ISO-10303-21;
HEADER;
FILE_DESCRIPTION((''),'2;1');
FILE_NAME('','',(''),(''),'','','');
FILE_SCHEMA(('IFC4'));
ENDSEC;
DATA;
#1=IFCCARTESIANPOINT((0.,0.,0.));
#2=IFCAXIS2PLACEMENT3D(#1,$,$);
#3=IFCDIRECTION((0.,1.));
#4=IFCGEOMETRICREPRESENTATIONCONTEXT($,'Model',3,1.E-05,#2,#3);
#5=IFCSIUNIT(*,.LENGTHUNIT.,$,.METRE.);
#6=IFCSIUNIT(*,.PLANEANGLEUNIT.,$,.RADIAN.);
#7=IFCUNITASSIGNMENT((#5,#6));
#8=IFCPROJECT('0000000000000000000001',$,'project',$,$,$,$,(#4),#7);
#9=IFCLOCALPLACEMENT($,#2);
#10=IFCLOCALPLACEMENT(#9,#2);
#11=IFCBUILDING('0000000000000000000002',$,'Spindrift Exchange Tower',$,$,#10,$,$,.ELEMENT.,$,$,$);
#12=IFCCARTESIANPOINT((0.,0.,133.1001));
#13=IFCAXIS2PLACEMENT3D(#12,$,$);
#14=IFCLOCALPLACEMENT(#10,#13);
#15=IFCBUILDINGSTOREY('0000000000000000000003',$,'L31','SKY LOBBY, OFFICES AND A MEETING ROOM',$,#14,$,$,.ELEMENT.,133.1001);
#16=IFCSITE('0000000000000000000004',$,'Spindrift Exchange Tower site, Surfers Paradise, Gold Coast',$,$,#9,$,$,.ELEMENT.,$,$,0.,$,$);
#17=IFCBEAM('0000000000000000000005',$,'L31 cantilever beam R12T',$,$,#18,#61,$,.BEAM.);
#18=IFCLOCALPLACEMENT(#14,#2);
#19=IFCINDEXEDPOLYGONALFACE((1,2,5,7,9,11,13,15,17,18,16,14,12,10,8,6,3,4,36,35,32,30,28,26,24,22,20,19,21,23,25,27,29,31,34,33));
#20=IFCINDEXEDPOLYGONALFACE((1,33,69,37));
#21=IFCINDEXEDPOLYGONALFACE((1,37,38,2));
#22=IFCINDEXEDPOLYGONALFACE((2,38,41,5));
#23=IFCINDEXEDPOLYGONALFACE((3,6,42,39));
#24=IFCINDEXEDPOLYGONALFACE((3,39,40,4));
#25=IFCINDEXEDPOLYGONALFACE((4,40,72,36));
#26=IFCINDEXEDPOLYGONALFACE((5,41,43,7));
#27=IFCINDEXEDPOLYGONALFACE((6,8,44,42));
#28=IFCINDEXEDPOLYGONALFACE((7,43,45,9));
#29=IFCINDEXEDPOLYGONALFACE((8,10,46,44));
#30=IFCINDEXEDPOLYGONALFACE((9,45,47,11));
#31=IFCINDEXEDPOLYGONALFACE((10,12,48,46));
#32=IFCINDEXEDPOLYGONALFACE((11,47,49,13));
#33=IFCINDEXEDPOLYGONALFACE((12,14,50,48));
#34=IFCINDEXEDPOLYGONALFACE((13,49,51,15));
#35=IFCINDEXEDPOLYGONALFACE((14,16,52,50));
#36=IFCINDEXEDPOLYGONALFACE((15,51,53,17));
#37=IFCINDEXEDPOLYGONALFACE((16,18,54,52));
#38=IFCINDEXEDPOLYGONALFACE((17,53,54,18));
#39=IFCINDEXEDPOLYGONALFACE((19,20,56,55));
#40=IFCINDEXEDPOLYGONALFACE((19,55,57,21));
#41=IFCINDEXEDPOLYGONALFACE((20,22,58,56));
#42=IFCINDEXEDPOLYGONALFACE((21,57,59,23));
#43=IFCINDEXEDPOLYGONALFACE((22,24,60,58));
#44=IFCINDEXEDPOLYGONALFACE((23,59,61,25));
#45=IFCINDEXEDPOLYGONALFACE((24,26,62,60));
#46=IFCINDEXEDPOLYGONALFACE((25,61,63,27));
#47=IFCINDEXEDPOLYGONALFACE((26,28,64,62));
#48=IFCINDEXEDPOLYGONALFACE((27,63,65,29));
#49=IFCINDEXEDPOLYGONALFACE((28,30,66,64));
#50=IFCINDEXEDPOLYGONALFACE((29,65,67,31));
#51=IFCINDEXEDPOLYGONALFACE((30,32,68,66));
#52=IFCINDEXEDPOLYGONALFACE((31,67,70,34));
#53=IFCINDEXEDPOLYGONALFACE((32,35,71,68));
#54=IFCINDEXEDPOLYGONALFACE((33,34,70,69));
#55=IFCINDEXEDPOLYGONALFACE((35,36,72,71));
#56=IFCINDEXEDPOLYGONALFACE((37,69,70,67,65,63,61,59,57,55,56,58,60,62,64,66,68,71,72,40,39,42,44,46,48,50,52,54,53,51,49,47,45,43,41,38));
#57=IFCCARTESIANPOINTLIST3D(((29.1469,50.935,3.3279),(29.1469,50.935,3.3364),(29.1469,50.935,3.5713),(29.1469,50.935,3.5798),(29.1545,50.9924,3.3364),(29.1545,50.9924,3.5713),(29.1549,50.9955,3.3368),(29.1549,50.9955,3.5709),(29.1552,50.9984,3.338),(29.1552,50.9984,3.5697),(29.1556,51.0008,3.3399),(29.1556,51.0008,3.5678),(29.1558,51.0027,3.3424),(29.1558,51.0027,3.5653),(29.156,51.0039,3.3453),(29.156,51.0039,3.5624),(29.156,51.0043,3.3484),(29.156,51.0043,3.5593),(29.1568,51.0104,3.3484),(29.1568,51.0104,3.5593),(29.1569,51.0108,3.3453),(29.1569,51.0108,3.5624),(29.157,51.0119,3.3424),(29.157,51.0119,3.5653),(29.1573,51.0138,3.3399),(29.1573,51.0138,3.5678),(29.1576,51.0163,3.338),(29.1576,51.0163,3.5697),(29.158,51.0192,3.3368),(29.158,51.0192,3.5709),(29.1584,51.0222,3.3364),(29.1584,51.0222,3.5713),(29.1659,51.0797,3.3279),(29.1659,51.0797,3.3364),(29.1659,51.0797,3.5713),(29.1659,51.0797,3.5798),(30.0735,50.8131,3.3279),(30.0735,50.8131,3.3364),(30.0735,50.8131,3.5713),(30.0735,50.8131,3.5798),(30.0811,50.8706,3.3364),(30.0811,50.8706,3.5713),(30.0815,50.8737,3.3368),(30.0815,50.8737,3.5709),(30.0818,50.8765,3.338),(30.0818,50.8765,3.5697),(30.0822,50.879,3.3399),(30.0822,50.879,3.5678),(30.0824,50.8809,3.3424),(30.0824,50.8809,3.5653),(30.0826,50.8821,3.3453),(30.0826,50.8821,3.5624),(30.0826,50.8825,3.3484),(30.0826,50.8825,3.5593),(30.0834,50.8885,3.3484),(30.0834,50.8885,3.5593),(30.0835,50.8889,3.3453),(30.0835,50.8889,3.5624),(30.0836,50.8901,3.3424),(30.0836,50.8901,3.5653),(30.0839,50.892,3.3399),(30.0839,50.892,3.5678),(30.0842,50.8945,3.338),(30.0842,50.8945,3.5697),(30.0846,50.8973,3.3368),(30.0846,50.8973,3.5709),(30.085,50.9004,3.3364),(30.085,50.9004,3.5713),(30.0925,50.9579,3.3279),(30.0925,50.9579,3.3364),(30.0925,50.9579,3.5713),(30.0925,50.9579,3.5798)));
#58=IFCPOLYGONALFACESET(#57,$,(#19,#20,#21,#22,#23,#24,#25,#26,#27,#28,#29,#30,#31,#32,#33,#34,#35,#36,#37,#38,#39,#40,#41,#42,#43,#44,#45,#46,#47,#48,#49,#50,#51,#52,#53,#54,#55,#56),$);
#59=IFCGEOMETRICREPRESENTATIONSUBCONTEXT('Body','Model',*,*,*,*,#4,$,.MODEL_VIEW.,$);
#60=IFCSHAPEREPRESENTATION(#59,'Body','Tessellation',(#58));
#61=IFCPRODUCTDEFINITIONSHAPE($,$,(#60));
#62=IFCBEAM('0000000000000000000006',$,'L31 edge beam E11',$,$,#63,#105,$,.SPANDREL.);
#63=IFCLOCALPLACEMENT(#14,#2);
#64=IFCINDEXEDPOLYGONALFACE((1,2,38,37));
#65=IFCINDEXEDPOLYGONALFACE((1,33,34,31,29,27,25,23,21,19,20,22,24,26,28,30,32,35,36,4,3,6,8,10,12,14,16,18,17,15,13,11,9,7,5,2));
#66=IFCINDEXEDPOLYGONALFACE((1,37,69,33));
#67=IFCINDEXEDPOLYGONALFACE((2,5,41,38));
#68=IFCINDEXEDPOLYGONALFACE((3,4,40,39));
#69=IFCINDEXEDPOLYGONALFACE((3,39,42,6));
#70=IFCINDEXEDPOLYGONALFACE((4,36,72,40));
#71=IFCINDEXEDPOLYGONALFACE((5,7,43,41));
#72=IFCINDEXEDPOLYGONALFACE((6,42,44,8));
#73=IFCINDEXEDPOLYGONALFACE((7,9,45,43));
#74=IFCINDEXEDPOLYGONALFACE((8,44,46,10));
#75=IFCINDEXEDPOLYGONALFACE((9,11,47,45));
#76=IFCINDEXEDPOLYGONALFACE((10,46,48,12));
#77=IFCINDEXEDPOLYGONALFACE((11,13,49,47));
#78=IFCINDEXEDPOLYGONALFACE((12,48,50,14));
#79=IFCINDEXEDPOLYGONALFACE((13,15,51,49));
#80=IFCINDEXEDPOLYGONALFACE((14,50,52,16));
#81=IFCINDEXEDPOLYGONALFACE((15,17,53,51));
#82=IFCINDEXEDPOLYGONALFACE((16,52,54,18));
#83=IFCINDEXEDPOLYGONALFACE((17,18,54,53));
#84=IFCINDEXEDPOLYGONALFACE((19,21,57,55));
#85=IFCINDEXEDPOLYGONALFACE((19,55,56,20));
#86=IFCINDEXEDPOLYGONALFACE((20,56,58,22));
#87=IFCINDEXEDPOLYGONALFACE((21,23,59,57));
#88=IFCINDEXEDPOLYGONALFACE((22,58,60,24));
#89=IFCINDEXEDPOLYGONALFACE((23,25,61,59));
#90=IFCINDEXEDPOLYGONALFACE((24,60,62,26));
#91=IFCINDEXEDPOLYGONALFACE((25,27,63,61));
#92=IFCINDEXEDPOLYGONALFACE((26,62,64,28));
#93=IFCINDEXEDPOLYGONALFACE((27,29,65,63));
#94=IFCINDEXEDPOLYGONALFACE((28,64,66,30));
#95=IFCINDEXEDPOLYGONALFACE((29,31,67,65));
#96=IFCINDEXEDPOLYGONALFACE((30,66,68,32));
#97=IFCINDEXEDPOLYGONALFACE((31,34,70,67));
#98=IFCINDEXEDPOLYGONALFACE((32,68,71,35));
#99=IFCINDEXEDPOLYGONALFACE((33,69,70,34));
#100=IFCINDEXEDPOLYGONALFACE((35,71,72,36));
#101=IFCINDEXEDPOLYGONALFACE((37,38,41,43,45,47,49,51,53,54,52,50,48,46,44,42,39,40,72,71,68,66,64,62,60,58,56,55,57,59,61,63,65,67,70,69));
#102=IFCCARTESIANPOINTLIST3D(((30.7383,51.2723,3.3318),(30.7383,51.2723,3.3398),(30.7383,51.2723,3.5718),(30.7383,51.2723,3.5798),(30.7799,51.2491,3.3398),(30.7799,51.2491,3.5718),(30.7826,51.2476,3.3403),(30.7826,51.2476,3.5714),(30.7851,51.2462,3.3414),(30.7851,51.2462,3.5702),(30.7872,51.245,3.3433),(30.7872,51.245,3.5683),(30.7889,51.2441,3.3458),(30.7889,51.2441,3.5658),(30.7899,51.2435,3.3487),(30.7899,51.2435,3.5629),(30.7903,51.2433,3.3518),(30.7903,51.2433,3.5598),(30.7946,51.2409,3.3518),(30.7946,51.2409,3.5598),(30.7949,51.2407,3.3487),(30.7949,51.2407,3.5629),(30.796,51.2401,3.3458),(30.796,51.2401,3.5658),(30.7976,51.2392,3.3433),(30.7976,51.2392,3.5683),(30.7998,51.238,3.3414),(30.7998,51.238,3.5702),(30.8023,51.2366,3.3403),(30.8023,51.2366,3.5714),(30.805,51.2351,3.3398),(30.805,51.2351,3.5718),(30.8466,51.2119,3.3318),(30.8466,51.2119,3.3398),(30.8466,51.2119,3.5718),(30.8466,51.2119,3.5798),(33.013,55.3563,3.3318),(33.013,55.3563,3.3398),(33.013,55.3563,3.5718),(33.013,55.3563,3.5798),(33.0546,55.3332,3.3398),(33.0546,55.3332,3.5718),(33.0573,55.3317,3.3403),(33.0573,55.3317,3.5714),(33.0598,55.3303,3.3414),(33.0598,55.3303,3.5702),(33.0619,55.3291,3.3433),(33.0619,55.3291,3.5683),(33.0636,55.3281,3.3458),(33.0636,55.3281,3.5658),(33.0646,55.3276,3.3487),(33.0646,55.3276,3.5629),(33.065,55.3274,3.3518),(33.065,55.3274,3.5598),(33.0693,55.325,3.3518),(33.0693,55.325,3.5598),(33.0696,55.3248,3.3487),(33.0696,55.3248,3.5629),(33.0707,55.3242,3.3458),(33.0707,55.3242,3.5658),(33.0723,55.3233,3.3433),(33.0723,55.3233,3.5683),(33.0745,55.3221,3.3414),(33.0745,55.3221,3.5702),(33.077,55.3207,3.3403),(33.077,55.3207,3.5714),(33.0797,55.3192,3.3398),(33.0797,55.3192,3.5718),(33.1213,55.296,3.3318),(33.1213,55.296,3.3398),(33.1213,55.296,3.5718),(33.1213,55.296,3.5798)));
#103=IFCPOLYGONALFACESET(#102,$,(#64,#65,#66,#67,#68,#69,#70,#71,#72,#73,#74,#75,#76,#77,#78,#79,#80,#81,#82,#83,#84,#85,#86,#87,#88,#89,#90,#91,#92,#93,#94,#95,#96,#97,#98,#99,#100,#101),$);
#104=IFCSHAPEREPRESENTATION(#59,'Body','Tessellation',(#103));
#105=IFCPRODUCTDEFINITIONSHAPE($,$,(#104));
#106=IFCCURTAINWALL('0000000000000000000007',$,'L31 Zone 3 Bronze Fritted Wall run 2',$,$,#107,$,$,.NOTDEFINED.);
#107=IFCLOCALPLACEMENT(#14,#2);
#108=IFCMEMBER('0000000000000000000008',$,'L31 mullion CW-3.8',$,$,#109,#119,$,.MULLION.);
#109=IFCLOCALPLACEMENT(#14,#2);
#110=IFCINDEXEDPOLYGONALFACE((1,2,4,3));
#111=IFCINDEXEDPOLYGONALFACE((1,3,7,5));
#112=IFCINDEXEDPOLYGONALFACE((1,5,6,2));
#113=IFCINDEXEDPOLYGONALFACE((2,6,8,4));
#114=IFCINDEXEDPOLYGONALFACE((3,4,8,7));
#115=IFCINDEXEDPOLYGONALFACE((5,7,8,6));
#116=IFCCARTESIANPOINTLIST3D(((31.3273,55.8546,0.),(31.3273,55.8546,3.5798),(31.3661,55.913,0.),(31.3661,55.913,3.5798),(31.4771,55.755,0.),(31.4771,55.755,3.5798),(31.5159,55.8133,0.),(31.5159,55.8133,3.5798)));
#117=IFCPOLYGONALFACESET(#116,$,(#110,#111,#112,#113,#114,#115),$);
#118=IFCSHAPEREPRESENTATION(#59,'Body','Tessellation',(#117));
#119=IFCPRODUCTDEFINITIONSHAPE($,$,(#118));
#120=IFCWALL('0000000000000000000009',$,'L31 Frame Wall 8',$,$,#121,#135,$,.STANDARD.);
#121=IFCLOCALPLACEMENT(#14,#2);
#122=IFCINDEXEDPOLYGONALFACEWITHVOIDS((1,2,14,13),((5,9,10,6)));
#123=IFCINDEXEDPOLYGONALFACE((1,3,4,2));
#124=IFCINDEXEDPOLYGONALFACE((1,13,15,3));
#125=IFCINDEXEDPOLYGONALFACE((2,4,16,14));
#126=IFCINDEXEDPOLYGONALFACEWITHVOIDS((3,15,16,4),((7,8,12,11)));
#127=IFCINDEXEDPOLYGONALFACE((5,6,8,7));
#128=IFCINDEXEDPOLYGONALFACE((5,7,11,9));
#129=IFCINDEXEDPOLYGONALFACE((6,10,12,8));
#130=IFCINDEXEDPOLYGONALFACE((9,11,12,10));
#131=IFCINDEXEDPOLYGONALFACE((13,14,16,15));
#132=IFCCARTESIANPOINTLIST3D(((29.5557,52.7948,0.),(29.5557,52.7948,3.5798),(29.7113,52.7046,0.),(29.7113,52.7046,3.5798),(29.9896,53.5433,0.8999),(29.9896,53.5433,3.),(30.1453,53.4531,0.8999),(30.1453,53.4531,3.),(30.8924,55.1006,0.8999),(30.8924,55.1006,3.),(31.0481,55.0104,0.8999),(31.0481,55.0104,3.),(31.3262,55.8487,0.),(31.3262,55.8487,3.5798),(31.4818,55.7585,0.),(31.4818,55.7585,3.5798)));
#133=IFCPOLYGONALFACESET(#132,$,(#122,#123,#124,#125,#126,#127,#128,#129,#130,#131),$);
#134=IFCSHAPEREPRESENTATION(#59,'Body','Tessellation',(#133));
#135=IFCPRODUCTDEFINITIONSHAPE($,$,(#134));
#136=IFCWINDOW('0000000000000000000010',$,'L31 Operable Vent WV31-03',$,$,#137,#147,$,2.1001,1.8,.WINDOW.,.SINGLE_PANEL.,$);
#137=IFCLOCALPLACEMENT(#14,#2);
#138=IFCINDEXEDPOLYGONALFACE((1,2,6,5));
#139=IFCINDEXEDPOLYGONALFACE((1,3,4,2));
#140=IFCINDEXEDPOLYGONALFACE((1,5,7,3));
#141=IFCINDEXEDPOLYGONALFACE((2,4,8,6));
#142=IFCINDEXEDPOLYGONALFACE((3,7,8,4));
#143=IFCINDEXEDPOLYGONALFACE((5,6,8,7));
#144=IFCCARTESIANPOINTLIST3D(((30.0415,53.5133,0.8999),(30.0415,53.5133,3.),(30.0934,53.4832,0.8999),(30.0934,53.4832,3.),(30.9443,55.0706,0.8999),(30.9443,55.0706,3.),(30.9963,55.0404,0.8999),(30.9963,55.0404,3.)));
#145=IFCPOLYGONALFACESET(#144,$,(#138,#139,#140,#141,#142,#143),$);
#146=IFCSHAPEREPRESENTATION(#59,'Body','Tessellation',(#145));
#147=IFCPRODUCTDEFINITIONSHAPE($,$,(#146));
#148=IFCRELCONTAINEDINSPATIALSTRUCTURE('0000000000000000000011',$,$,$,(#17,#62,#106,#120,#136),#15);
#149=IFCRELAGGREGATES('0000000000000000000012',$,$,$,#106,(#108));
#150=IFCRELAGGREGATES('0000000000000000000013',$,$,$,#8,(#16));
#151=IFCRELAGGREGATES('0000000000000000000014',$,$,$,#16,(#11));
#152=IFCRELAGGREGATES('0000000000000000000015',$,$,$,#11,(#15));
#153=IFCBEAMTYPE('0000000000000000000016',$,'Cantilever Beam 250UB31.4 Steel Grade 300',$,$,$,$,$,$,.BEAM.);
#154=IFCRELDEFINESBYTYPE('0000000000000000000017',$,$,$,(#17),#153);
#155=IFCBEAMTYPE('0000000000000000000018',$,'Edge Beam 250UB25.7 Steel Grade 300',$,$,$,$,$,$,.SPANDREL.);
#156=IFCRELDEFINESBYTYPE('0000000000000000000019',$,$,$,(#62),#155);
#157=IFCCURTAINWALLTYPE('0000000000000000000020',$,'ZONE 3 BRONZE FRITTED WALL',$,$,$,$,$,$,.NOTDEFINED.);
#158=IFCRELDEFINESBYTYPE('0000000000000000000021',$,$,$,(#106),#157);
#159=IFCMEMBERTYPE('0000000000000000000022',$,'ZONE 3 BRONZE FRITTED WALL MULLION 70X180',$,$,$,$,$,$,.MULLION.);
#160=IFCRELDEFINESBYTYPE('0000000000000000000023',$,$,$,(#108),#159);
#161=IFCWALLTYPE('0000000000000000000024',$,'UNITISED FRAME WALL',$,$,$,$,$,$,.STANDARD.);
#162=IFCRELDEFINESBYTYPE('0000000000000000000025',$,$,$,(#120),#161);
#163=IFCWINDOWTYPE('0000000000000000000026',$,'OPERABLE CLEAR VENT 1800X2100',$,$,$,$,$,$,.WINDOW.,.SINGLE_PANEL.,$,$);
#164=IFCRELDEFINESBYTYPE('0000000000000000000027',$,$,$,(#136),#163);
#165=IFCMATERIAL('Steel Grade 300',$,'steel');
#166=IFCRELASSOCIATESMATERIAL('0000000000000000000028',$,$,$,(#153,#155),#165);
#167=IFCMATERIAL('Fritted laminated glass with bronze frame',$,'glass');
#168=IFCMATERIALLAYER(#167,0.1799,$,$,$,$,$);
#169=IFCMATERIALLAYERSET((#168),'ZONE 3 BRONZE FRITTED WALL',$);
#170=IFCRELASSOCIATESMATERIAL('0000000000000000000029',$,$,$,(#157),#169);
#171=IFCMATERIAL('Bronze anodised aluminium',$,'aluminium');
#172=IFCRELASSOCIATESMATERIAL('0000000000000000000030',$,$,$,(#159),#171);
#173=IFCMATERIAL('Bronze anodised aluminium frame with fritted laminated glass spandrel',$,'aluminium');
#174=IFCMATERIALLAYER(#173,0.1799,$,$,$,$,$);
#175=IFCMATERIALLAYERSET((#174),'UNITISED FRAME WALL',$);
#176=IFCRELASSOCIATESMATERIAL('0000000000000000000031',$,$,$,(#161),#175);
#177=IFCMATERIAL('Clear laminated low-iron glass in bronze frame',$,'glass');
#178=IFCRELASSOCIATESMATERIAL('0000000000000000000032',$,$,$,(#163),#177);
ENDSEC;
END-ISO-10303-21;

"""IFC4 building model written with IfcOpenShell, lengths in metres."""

from ifc_helpers import new_model, si_unit, direction, frame, frame_2d, origin, origin_2d, place, context, subcontext, project, spatial, rectangle, i_section, extrude, source, transform, mapped, material, layer, layer_set, material_profile, profile_set, type_object, element, fill, aggregate, save


model = new_model("IFC4")

# Units and contexts
model_context = context("Model", 3, precision=1e-05, world=origin(), true_north=direction((0.0, 1.0)))
body_context = subcontext(model_context, "Body", "Model", "MODEL_VIEW")
ifc_project = project(units=[si_unit("LENGTHUNIT", "METRE"), si_unit("PLANEANGLEUNIT", "RADIAN")], contexts=[model_context])

# Site, building, storey
site_placement = place(None, origin())
site = spatial("IfcSite", under=ifc_project, at=site_placement, Name="Spindrift Exchange Tower site, Surfers Paradise, Gold Coast", CompositionType="ELEMENT", RefElevation=0.0)
building_placement = place(site_placement, origin())
building = spatial("IfcBuilding", under=site, at=building_placement, Name="Spindrift Exchange Tower", CompositionType="ELEMENT")
storey_placement = place(building_placement, frame((0.0, 0.0, 133.1001)))
storey = spatial("IfcBuildingStorey", under=building, at=storey_placement, Name="L31", Description="SKY LOBBY, OFFICES AND A MEETING ROOM", CompositionType="ELEMENT", Elevation=133.1001)

# Beams
ifc_material_1 = material(Name="Steel Grade 300", Category="steel")
ifc_material_profile_1 = material_profile(ifc_material_1, i_section(OverallWidth=0.146, OverallDepth=0.252, WebThickness=0.0061, FlangeThickness=0.0085, FilletRadius=0.012, at=origin_2d()), Name="250UB31.4")
ifc_profile_set_1 = profile_set([ifc_material_profile_1], Name="Steel Grade 300")
beam_type_1 = type_object("IfcBeamType", Name="Cantilever Beam 250UB31.4 Steel Grade 300", PredefinedType="BEAM", material=ifc_profile_set_1)
shared_shape_1 = source(origin(), body_context, "Body", "SweptSolid", [
    extrude(i_section(OverallWidth=0.146, OverallDepth=0.252, WebThickness=0.0061, FlangeThickness=0.0085, FilletRadius=0.012, at=origin_2d()), origin(), (0.0, 0.0, 1.0), 0.9346),
])
beam_1_placement = place(storey_placement, frame((30.083, 50.8855, 3.4539), z_axis=(-0.991466, 0.130367, 0.0), x_axis=(-0.130367, -0.991466, 0.0)))
element("IfcBeam", 1, at=beam_1_placement, inside=storey, type_object=beam_type_1, Name="L31 cantilever beam R12T", PredefinedType="BEAM", context=body_context, shape_type="MappedRepresentation", body=[
    mapped(shared_shape_1, transform((0.0, 0.0, 0.0), scale=1.0)),
])
ifc_material_profile_2 = material_profile(ifc_material_1, i_section(OverallWidth=0.124, OverallDepth=0.248, WebThickness=0.0049, FlangeThickness=0.0081, FilletRadius=0.012, at=origin_2d()), Name="250UB25.7")
ifc_profile_set_2 = profile_set([ifc_material_profile_2], Name="Steel Grade 300")
beam_type_2 = type_object("IfcBeamType", Name="Edge Beam 250UB25.7 Steel Grade 300", PredefinedType="SPANDREL", material=ifc_profile_set_2)
shared_shape_2 = source(origin(), body_context, "Body", "SweptSolid", [
    extrude(i_section(OverallWidth=0.124, OverallDepth=0.248, WebThickness=0.0049, FlangeThickness=0.0081, FilletRadius=0.012, at=origin_2d()), origin(), (0.0, 0.0, 1.0), 4.6748),
])
beam_2_placement = place(storey_placement, frame((33.0671, 55.3262, 3.4558), z_axis=(-0.486587, -0.873632, 0.0), x_axis=(0.873632, -0.486587, 0.0)))
element("IfcBeam", 2, at=beam_2_placement, inside=storey, type_object=beam_type_2, Name="L31 edge beam E11", PredefinedType="SPANDREL", context=body_context, shape_type="MappedRepresentation", body=[
    mapped(shared_shape_2, transform((0.0, 0.0, 0.0), scale=1.0)),
])

# Curtain wall, member
ifc_material_2 = material(Name="Fritted laminated glass with bronze frame", Category="glass")
ifc_layer_1 = layer(ifc_material_2, 0.1799)
ifc_layer_set_1 = layer_set([ifc_layer_1], Name="ZONE 3 BRONZE FRITTED WALL")
curtain_wall_type = type_object("IfcCurtainWallType", Name="ZONE 3 BRONZE FRITTED WALL", PredefinedType="NOTDEFINED", material=ifc_layer_set_1)
curtain_wall_placement = place(storey_placement, origin())
curtain_wall = element("IfcCurtainWall", 3, at=curtain_wall_placement, inside=storey, type_object=curtain_wall_type, Name="L31 Zone 3 Bronze Fritted Wall run 2", PredefinedType="NOTDEFINED")
ifc_material_3 = material(Name="Bronze anodised aluminium", Category="aluminium")
ifc_material_profile_3 = material_profile(ifc_material_3, rectangle(XDim=0.0701, YDim=0.1799, at=origin_2d()), Name="ZONE 3 BRONZE FRITTED WALL MULLION 70X180")
ifc_profile_set_3 = profile_set([ifc_material_profile_3], Name="Bronze anodised aluminium")
member_type = type_object("IfcMemberType", Name="ZONE 3 BRONZE FRITTED WALL MULLION 70X180", PredefinedType="MULLION", material=ifc_profile_set_3)
shared_shape_3 = source(origin(), body_context, "Body", "SweptSolid", [
    extrude(rectangle(XDim=0.0701, YDim=0.1799, at=origin_2d()), origin(), (0.0, 0.0, 1.0), 3.5798),
])
member_placement = place(storey_placement, frame((31.4216, 55.834, 0.0), z_axis=(0.0, 0.0, 1.0), x_axis=(-0.55382, -0.832637, 0.0)))
member = element("IfcMember", 4, at=member_placement, type_object=member_type, Name="L31 mullion CW-3.8", PredefinedType="MULLION", context=body_context, shape_type="MappedRepresentation", body=[
    mapped(shared_shape_3, transform((0.0, 0.0, 0.0), scale=1.0)),
])
aggregate(curtain_wall, [member])

# Wall, opening, window
ifc_material_4 = material(Name="Bronze anodised aluminium frame with fritted laminated glass spandrel", Category="aluminium")
ifc_layer_2 = layer(ifc_material_4, 0.1799)
ifc_layer_set_2 = layer_set([ifc_layer_2], Name="UNITISED FRAME WALL")
wall_type = type_object("IfcWallType", Name="UNITISED FRAME WALL", PredefinedType="STANDARD", material=ifc_layer_set_2)
wall_placement = place(storey_placement, frame((31.4041, 55.8037, 0.0), z_axis=(0.0, 0.0, 1.0), x_axis=(-0.501551, -0.865128, 0.0)))
wall = element("IfcWall", 5, at=wall_placement, inside=storey, type_object=wall_type, Name="L31 Frame Wall 8", PredefinedType="STANDARD", context=body_context, shape_type="SweptSolid", body=[
    extrude(rectangle(XDim=3.53, YDim=0.1799, at=frame_2d((1.7651, 0.0))), origin(), (0.0, 0.0, 1.0), 3.5798),
])
opening_placement = place(wall_placement, frame((0.865, 0.0, 0.8999)))
opening = element("IfcOpeningElement", 6, at=opening_placement, cuts=wall, PredefinedType="OPENING", context=body_context, shape_type="SweptSolid", body=[
    extrude(rectangle(XDim=1.8, YDim=2.1001, at=frame_2d((0.8999, 1.05))), frame((0.0, 0.0999, 0.0), z_axis=(0.0, -1.0, 0.0), x_axis=(1.0, 0.0, 0.0)), (0.0, 0.0, 1.0), 0.2),
])
ifc_material_5 = material(Name="Clear laminated low-iron glass in bronze frame", Category="glass")
window_type = type_object("IfcWindowType", Name="OPERABLE CLEAR VENT 1800X2100", PartitioningType="SINGLE_PANEL", PredefinedType="WINDOW", material=ifc_material_5)
shared_shape_4 = source(origin(), body_context, "Body", "SweptSolid", [
    extrude(rectangle(XDim=1.8, YDim=2.1001, at=frame_2d((0.8999, 1.05))), frame((0.0, 0.03, 0.0), z_axis=(0.0, -1.0, 0.0), x_axis=(1.0, 0.0, 0.0)), (0.0, 0.0, 1.0), 0.0601),
])
window_placement = place(opening_placement, origin())
window = element("IfcWindow", 7, at=window_placement, inside=storey, type_object=window_type, Name="L31 Operable Vent WV31-03", OverallHeight=2.1001, OverallWidth=1.8, PartitioningType="SINGLE_PANEL", PredefinedType="WINDOW", context=body_context, shape_type="MappedRepresentation", body=[
    mapped(shared_shape_4, transform((0.0, 0.0, 0.0), scale=1.0)),
])
fill(opening, window)

save(model, "model.ifc")
